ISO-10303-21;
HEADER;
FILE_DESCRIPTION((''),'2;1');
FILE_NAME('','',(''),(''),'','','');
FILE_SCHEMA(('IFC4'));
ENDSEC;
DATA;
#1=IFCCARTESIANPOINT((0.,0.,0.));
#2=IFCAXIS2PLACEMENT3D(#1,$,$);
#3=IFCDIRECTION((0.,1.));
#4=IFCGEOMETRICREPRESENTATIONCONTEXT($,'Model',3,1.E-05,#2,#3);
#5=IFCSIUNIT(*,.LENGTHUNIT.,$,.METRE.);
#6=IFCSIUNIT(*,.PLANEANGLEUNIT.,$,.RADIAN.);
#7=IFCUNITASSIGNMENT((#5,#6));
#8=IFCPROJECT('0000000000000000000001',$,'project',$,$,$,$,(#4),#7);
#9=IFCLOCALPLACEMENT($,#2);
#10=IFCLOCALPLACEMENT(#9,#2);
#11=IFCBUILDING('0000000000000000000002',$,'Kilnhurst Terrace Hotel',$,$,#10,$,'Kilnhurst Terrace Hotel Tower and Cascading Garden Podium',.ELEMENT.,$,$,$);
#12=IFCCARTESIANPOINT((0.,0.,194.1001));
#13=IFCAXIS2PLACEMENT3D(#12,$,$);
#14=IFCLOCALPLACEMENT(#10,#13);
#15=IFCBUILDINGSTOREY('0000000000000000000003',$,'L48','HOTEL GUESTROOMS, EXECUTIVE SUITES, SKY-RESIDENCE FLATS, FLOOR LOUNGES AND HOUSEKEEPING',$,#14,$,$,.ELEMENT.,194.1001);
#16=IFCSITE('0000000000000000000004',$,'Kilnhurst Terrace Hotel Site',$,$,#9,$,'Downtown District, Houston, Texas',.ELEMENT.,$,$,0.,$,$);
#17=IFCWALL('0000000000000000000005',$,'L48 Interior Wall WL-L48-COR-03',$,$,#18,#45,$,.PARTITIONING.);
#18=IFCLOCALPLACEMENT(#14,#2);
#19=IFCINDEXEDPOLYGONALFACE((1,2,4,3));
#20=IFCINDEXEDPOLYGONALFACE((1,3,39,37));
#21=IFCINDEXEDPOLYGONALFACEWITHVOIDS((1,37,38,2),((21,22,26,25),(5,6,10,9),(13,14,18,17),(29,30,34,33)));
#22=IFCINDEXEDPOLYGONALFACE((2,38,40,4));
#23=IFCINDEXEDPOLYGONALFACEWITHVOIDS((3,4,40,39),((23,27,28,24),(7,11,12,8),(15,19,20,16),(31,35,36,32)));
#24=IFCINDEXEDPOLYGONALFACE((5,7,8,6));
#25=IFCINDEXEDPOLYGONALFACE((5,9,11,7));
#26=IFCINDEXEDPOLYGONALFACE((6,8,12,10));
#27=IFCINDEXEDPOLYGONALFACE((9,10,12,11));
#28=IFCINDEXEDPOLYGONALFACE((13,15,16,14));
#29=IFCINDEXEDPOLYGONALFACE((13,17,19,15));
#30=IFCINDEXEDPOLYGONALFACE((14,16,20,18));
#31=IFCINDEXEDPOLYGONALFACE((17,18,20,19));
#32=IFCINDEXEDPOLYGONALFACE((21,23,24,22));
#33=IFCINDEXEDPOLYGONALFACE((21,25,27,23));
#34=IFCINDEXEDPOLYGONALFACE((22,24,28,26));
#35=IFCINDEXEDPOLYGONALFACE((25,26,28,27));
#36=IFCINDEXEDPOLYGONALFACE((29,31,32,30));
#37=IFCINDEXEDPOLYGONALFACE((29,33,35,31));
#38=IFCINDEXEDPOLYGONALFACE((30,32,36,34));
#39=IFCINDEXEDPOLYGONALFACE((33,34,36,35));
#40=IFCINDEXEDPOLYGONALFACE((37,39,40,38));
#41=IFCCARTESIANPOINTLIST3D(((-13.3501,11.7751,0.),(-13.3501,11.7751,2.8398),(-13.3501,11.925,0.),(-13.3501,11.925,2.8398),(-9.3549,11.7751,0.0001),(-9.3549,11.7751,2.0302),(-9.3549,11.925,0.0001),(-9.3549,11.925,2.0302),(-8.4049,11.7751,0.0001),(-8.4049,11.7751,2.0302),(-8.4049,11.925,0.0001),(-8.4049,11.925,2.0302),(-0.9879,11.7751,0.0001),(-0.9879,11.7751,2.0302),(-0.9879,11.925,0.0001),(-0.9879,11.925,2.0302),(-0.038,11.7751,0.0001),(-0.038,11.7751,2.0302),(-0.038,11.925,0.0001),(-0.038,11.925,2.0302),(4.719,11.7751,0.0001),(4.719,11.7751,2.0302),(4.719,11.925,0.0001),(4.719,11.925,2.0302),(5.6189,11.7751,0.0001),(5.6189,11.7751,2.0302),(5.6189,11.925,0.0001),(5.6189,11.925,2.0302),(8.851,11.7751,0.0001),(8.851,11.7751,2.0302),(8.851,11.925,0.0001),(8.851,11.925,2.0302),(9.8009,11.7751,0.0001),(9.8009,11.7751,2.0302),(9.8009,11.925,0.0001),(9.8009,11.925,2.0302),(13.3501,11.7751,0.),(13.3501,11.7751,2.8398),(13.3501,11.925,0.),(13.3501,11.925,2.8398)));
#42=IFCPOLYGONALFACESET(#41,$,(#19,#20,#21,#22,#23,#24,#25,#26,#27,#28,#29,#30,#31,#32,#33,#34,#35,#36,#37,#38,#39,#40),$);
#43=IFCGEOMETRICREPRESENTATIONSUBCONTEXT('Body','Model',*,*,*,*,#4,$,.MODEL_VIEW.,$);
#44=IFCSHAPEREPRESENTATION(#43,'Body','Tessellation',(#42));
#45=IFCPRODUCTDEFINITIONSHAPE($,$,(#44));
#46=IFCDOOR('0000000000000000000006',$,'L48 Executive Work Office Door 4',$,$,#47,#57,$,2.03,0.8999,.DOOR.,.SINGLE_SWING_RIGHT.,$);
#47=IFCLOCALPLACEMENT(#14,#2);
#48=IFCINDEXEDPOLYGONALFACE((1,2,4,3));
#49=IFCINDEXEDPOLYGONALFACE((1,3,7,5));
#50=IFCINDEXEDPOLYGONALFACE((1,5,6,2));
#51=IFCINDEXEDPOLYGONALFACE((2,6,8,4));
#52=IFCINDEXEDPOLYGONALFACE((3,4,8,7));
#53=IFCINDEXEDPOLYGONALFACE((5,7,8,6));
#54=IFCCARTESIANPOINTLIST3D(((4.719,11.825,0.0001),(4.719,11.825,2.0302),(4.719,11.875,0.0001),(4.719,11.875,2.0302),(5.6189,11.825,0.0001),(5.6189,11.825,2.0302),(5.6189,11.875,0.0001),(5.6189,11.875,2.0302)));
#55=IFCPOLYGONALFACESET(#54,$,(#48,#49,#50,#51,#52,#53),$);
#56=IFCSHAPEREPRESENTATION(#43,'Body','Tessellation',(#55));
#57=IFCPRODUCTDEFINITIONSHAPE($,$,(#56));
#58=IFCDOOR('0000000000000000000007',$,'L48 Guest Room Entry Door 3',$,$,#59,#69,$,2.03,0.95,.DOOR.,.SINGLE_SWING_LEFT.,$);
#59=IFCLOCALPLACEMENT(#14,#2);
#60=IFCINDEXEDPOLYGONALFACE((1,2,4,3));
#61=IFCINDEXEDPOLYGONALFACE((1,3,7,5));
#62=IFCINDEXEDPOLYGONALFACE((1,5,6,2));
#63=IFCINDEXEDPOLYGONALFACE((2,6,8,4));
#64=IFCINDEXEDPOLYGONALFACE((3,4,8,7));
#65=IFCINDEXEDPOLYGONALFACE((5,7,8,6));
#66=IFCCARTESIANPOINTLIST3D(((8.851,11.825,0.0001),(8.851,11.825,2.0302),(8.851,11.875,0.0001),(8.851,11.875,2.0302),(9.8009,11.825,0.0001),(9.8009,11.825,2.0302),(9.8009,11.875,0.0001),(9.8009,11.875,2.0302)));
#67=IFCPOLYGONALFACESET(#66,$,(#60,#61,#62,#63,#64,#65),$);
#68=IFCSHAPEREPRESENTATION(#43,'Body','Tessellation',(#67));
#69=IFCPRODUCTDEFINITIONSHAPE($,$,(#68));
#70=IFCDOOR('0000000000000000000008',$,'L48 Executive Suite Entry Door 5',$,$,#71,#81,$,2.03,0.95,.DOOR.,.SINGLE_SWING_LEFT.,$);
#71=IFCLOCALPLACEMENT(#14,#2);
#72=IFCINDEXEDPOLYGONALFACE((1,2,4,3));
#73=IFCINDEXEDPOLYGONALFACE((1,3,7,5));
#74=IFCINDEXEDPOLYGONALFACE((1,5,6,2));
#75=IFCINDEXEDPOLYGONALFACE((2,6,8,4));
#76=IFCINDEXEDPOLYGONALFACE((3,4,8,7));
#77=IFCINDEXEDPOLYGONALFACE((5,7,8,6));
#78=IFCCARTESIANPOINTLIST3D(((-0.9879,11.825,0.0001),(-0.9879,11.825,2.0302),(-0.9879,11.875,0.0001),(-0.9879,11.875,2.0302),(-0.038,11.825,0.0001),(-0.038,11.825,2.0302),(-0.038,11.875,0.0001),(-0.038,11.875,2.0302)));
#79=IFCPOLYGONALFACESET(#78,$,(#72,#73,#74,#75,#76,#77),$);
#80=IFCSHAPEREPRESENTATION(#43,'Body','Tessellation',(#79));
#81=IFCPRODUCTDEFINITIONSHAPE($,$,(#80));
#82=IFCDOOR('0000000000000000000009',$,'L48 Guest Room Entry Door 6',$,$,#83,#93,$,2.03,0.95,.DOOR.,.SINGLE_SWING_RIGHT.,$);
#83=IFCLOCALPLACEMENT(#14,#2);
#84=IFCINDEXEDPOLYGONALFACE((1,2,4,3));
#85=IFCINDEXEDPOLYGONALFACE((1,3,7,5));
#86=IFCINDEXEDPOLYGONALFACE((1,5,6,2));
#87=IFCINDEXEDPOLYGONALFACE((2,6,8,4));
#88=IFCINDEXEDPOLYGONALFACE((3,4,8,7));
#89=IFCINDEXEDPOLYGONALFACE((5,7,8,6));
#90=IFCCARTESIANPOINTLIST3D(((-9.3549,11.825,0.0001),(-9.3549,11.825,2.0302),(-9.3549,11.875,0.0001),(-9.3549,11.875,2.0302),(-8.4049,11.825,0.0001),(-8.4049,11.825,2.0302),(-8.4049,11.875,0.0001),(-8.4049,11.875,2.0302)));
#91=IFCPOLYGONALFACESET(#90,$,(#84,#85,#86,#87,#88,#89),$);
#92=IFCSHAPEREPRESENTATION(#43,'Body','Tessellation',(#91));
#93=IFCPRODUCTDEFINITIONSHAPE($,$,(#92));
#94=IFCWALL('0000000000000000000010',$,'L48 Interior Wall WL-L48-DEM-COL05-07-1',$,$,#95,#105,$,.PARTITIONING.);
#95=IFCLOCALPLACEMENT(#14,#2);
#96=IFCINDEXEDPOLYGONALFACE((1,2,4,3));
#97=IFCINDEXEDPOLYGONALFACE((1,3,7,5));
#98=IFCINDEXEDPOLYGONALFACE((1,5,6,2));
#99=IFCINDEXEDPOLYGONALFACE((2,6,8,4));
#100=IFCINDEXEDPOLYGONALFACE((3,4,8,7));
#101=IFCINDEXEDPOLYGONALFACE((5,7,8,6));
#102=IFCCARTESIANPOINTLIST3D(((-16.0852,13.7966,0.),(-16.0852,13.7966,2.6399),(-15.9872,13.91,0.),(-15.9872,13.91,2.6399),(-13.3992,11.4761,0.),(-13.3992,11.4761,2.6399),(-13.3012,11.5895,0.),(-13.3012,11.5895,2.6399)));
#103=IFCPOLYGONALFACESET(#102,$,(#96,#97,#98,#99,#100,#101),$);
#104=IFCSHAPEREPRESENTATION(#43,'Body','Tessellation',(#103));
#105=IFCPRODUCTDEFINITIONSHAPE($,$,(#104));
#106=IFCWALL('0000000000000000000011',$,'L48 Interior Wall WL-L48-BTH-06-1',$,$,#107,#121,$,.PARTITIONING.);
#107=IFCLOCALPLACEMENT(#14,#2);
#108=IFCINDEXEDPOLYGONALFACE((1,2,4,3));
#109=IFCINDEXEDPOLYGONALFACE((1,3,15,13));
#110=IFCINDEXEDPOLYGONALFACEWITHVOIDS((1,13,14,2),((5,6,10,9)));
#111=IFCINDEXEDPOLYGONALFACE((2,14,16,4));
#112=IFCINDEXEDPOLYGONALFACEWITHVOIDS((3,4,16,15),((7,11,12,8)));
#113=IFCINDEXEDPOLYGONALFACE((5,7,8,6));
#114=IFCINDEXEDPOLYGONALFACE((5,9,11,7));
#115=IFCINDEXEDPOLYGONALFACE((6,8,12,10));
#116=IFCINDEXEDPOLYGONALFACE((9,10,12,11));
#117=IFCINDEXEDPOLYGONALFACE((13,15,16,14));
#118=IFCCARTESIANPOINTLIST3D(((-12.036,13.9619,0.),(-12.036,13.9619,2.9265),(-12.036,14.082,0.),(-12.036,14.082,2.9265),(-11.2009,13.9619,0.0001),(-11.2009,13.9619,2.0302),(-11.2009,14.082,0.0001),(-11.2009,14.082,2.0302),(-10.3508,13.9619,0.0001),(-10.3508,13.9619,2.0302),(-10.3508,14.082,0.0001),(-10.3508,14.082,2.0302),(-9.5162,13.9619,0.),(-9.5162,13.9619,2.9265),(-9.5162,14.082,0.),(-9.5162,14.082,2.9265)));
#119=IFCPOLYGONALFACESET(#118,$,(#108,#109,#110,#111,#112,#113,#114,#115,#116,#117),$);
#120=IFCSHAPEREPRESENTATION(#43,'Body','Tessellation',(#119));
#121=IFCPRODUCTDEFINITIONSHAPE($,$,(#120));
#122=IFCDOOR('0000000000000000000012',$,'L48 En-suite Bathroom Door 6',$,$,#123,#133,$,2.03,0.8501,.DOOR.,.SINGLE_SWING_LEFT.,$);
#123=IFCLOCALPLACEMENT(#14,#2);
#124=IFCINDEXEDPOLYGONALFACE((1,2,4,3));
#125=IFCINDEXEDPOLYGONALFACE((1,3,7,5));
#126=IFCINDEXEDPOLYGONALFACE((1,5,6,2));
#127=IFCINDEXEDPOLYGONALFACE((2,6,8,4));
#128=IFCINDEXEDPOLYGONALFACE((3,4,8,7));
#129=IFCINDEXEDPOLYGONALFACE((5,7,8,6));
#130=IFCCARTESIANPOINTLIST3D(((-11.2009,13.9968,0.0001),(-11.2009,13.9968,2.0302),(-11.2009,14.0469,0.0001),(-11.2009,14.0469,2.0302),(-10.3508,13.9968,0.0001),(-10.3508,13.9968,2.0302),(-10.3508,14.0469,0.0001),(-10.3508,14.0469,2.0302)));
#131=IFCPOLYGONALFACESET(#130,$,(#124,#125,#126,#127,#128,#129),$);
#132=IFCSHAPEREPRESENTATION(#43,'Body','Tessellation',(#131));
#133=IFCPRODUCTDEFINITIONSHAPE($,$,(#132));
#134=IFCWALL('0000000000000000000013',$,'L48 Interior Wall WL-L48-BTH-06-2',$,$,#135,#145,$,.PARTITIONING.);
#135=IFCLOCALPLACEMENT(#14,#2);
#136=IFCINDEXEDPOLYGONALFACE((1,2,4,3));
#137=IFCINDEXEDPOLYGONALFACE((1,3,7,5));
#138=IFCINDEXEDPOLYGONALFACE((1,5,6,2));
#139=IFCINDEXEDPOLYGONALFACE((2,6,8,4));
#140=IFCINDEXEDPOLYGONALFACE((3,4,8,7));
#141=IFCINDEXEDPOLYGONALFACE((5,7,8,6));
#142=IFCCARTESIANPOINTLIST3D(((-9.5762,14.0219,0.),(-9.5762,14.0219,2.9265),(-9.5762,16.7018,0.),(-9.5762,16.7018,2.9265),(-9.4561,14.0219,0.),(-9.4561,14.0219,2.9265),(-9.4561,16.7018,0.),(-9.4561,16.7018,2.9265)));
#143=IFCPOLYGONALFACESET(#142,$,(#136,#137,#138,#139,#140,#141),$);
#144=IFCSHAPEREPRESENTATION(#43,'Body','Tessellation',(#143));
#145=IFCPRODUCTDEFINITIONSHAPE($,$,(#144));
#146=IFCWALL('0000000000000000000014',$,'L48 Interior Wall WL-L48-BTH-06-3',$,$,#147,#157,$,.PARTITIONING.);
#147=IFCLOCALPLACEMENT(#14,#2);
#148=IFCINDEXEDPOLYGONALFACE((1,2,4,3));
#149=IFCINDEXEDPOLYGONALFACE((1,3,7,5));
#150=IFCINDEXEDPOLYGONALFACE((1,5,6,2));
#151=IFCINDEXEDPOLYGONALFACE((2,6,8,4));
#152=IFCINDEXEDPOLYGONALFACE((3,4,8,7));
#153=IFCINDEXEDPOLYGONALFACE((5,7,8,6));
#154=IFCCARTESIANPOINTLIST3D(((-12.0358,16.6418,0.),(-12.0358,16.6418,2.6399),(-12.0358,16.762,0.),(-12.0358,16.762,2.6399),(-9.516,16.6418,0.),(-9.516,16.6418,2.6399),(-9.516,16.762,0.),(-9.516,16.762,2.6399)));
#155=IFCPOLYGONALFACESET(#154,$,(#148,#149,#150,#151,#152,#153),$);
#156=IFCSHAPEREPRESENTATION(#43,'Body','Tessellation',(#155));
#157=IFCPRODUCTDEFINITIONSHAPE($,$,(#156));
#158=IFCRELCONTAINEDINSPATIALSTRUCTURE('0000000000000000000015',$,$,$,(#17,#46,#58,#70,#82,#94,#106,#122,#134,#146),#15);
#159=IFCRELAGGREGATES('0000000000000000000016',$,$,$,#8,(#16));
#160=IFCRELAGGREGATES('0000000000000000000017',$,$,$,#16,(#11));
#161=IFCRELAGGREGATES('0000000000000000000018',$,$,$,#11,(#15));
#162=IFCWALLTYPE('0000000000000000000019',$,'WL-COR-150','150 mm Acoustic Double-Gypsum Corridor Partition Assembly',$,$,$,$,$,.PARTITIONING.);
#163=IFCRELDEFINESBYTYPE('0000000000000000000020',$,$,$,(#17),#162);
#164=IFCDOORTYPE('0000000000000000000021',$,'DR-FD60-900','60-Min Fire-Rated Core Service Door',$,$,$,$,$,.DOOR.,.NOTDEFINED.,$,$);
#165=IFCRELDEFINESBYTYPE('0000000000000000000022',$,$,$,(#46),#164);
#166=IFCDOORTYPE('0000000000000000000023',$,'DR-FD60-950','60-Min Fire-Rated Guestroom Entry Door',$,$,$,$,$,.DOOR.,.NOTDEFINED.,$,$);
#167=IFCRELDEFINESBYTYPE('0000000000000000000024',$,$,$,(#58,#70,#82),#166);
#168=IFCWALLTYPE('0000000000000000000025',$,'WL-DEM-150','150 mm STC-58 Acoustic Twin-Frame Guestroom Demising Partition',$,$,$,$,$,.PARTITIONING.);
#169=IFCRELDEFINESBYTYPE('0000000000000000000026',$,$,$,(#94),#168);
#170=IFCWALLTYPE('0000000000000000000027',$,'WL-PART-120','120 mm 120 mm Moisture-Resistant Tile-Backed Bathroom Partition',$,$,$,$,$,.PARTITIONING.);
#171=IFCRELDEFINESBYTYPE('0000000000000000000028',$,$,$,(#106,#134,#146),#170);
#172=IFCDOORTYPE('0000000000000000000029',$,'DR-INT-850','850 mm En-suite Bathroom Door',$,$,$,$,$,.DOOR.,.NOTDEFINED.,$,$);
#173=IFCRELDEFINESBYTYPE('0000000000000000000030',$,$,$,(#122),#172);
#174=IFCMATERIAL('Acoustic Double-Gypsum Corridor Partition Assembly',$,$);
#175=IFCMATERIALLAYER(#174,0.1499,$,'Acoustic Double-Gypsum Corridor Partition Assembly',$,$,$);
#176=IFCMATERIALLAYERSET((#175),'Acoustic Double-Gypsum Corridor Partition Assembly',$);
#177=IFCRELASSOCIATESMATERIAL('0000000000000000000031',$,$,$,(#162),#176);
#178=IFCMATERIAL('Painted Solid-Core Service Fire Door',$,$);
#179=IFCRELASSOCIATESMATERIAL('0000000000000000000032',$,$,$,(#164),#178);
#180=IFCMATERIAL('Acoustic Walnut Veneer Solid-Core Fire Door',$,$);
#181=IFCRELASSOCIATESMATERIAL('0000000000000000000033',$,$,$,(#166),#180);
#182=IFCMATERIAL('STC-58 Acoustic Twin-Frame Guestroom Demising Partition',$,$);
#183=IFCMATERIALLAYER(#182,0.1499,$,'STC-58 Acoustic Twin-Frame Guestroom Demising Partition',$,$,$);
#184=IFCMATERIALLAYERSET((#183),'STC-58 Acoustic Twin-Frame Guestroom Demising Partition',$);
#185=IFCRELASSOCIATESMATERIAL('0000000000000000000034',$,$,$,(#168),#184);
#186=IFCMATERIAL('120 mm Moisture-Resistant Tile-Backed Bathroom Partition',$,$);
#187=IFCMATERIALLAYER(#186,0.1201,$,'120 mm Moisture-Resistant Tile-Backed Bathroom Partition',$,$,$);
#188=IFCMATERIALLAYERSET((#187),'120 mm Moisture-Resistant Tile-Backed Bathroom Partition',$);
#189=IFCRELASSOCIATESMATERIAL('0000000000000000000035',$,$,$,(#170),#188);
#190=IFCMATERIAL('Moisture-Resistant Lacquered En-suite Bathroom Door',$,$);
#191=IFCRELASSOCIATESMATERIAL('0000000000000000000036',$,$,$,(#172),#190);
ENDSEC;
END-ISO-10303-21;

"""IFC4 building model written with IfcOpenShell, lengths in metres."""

from ifc_helpers import new_model, si_unit, direction, frame, frame_2d, origin, place, context, subcontext, project, spatial, rectangle, extrude, material, layer, layer_set, type_object, element, fill, save


model = new_model("IFC4")

# Units and contexts
model_context = context("Model", 3, precision=1e-05, world=origin(), true_north=direction((0.0, 1.0)))
body_context = subcontext(model_context, "Body", "Model", "MODEL_VIEW")
ifc_project = project(units=[si_unit("LENGTHUNIT", "METRE"), si_unit("PLANEANGLEUNIT", "RADIAN")], contexts=[model_context])

# Site, building, storey
site_placement = place(None, origin())
site = spatial("IfcSite", under=ifc_project, at=site_placement, Name="Kilnhurst Terrace Hotel Site", LongName="Downtown District, Houston, Texas", CompositionType="ELEMENT", RefElevation=0.0)
building_placement = place(site_placement, origin())
building = spatial("IfcBuilding", under=site, at=building_placement, Name="Kilnhurst Terrace Hotel", LongName="Kilnhurst Terrace Hotel Tower and Cascading Garden Podium", CompositionType="ELEMENT")
storey_placement = place(building_placement, frame((0.0, 0.0, 194.1001)))
storey = spatial("IfcBuildingStorey", under=building, at=storey_placement, Name="L48", Description="HOTEL GUESTROOMS, EXECUTIVE SUITES, SKY-RESIDENCE FLATS, FLOOR LOUNGES AND HOUSEKEEPING", CompositionType="ELEMENT", Elevation=194.1001)

# Wall, openings, doors
ifc_material_1 = material(Name="Acoustic Double-Gypsum Corridor Partition Assembly")
ifc_layer_1 = layer(ifc_material_1, 0.1499, Name="Acoustic Double-Gypsum Corridor Partition Assembly")
ifc_layer_set_1 = layer_set([ifc_layer_1], Name="Acoustic Double-Gypsum Corridor Partition Assembly")
wall_type_1 = type_object("IfcWallType", Name="WL-COR-150", Description="150 mm Acoustic Double-Gypsum Corridor Partition Assembly", PredefinedType="PARTITIONING", material=ifc_layer_set_1)
wall_1_placement = place(storey_placement, frame((-13.3501, 11.8501, 0.0), z_axis=(0.0, 0.0, 1.0), x_axis=(1.0, 0.0, 0.0)))
wall_1 = element("IfcWall", 1, at=wall_1_placement, inside=storey, type_object=wall_type_1, Name="L48 Interior Wall WL-L48-COR-03", PredefinedType="PARTITIONING", context=body_context, shape_type="SweptSolid", body=[
    extrude(rectangle(XDim=26.7002, YDim=0.1499, at=frame_2d((13.3501, 0.0))), origin(), (0.0, 0.0, 1.0), 2.8398),
])
opening_1_placement = place(wall_1_placement, frame((22.2009, 0.0, 0.0)))
opening_1 = element("IfcOpeningElement", 2, at=opening_1_placement, cuts=wall_1, PredefinedType="OPENING", context=body_context, shape_type="SweptSolid", body=[
    extrude(rectangle(XDim=0.95, YDim=2.03, at=frame_2d((0.4751, 1.0151))), frame((0.0, 0.085, 0.0), z_axis=(0.0, -1.0, 0.0), x_axis=(1.0, 0.0, 0.0)), (0.0, 0.0, 1.0), 0.1699),
])
opening_2_placement = place(wall_1_placement, frame((18.0691, 0.0, 0.0)))
opening_2 = element("IfcOpeningElement", 3, at=opening_2_placement, cuts=wall_1, PredefinedType="OPENING", context=body_context, shape_type="SweptSolid", body=[
    extrude(rectangle(XDim=0.8999, YDim=2.03, at=frame_2d((0.45, 1.0151))), frame((0.0, 0.085, 0.0), z_axis=(0.0, -1.0, 0.0), x_axis=(1.0, 0.0, 0.0)), (0.0, 0.0, 1.0), 0.1699),
])
opening_3_placement = place(wall_1_placement, frame((12.3621, 0.0, 0.0)))
opening_3 = element("IfcOpeningElement", 4, at=opening_3_placement, cuts=wall_1, PredefinedType="OPENING", context=body_context, shape_type="SweptSolid", body=[
    extrude(rectangle(XDim=0.95, YDim=2.03, at=frame_2d((0.4751, 1.0151))), frame((0.0, 0.085, 0.0), z_axis=(0.0, -1.0, 0.0), x_axis=(1.0, 0.0, 0.0)), (0.0, 0.0, 1.0), 0.1699),
])
opening_4_placement = place(wall_1_placement, frame((3.9951, 0.0, 0.0)))
opening_4 = element("IfcOpeningElement", 5, at=opening_4_placement, cuts=wall_1, PredefinedType="OPENING", context=body_context, shape_type="SweptSolid", body=[
    extrude(rectangle(XDim=0.95, YDim=2.03, at=frame_2d((0.4751, 1.0151))), frame((0.0, 0.085, 0.0), z_axis=(0.0, -1.0, 0.0), x_axis=(1.0, 0.0, 0.0)), (0.0, 0.0, 1.0), 0.1699),
])
ifc_material_2 = material(Name="Painted Solid-Core Service Fire Door")
door_type_1 = type_object("IfcDoorType", Name="DR-FD60-900", Description="60-Min Fire-Rated Core Service Door", OperationType="NOTDEFINED", PredefinedType="DOOR", material=ifc_material_2)
door_1_placement = place(opening_2_placement, origin())
door_1 = element("IfcDoor", 6, at=door_1_placement, inside=storey, type_object=door_type_1, Name="L48 Executive Work Office Door 4", OperationType="SINGLE_SWING_RIGHT", OverallHeight=2.03, OverallWidth=0.8999, PredefinedType="DOOR", context=body_context, shape_type="SweptSolid", body=[
    extrude(rectangle(XDim=0.8999, YDim=2.03, at=frame_2d((0.45, 1.0151))), frame((0.0, 0.0249, 0.0), z_axis=(0.0, -1.0, 0.0), x_axis=(1.0, 0.0, 0.0)), (0.0, 0.0, 1.0), 0.05),
])
fill(opening_2, door_1)
ifc_material_3 = material(Name="Acoustic Walnut Veneer Solid-Core Fire Door")
door_type_2 = type_object("IfcDoorType", Name="DR-FD60-950", Description="60-Min Fire-Rated Guestroom Entry Door", OperationType="NOTDEFINED", PredefinedType="DOOR", material=ifc_material_3)
door_2_placement = place(opening_1_placement, origin())
door_2 = element("IfcDoor", 7, at=door_2_placement, inside=storey, type_object=door_type_2, Name="L48 Guest Room Entry Door 3", OperationType="SINGLE_SWING_LEFT", OverallHeight=2.03, OverallWidth=0.95, PredefinedType="DOOR", context=body_context, shape_type="SweptSolid", body=[
    extrude(rectangle(XDim=0.95, YDim=2.03, at=frame_2d((0.4751, 1.0151))), frame((0.0, 0.0249, 0.0), z_axis=(0.0, -1.0, 0.0), x_axis=(1.0, 0.0, 0.0)), (0.0, 0.0, 1.0), 0.05),
])
fill(opening_1, door_2)
door_3_placement = place(opening_3_placement, origin())
door_3 = element("IfcDoor", 8, at=door_3_placement, inside=storey, type_object=door_type_2, Name="L48 Executive Suite Entry Door 5", OperationType="SINGLE_SWING_LEFT", OverallHeight=2.03, OverallWidth=0.95, PredefinedType="DOOR", context=body_context, shape_type="SweptSolid", body=[
    extrude(rectangle(XDim=0.95, YDim=2.03, at=frame_2d((0.4751, 1.0151))), frame((0.0, 0.0249, 0.0), z_axis=(0.0, -1.0, 0.0), x_axis=(1.0, 0.0, 0.0)), (0.0, 0.0, 1.0), 0.05),
])
fill(opening_3, door_3)
door_4_placement = place(opening_4_placement, origin())
door_4 = element("IfcDoor", 9, at=door_4_placement, inside=storey, type_object=door_type_2, Name="L48 Guest Room Entry Door 6", OperationType="SINGLE_SWING_RIGHT", OverallHeight=2.03, OverallWidth=0.95, PredefinedType="DOOR", context=body_context, shape_type="SweptSolid", body=[
    extrude(rectangle(XDim=0.95, YDim=2.03, at=frame_2d((0.4751, 1.0151))), frame((0.0, 0.0249, 0.0), z_axis=(0.0, -1.0, 0.0), x_axis=(1.0, 0.0, 0.0)), (0.0, 0.0, 1.0), 0.05),
])
fill(opening_4, door_4)

# Wall
ifc_material_4 = material(Name="STC-58 Acoustic Twin-Frame Guestroom Demising Partition")
ifc_layer_2 = layer(ifc_material_4, 0.1499, Name="STC-58 Acoustic Twin-Frame Guestroom Demising Partition")
ifc_layer_set_2 = layer_set([ifc_layer_2], Name="STC-58 Acoustic Twin-Frame Guestroom Demising Partition")
wall_type_2 = type_object("IfcWallType", Name="WL-DEM-150", Description="150 mm STC-58 Acoustic Twin-Frame Guestroom Demising Partition", PredefinedType="PARTITIONING", material=ifc_layer_set_2)
wall_2_placement = place(storey_placement, frame((-13.3501, 11.5327, 0.0), z_axis=(0.0, 0.0, 1.0), x_axis=(-0.756712, 0.653749, 0.0)))
element("IfcWall", 10, at=wall_2_placement, inside=storey, type_object=wall_type_2, Name="L48 Interior Wall WL-L48-DEM-COL05-07-1", PredefinedType="PARTITIONING", context=body_context, shape_type="SweptSolid", body=[
    extrude(rectangle(XDim=3.5496, YDim=0.1499, at=frame_2d((1.7749, 0.0))), origin(), (0.0, 0.0, 1.0), 2.6399),
])

# Wall, opening, door
ifc_material_5 = material(Name="120 mm Moisture-Resistant Tile-Backed Bathroom Partition")
ifc_layer_3 = layer(ifc_material_5, 0.1201, Name="120 mm Moisture-Resistant Tile-Backed Bathroom Partition")
ifc_layer_set_3 = layer_set([ifc_layer_3], Name="120 mm Moisture-Resistant Tile-Backed Bathroom Partition")
wall_type_3 = type_object("IfcWallType", Name="WL-PART-120", Description="120 mm 120 mm Moisture-Resistant Tile-Backed Bathroom Partition", PredefinedType="PARTITIONING", material=ifc_layer_set_3)
wall_3_placement = place(storey_placement, frame((-12.0359, 14.022, 0.0), z_axis=(0.0, 0.0, 1.0), x_axis=(1.0, 0.0, 0.0)))
wall_3 = element("IfcWall", 11, at=wall_3_placement, inside=storey, type_object=wall_type_3, Name="L48 Interior Wall WL-L48-BTH-06-1", PredefinedType="PARTITIONING", context=body_context, shape_type="SweptSolid", body=[
    extrude(rectangle(XDim=2.5198, YDim=0.1201, at=frame_2d((1.2598, 0.0))), origin(), (0.0, 0.0, 1.0), 2.9265),
])
opening_5_placement = place(wall_3_placement, frame((0.835, 0.0, 0.0)))
opening_5 = element("IfcOpeningElement", 12, at=opening_5_placement, cuts=wall_3, PredefinedType="OPENING", context=body_context, shape_type="SweptSolid", body=[
    extrude(rectangle(XDim=0.8501, YDim=2.03, at=frame_2d((0.425, 1.0151))), frame((0.0, 0.0701, 0.0), z_axis=(0.0, -1.0, 0.0), x_axis=(1.0, 0.0, 0.0)), (0.0, 0.0, 1.0), 0.1401),
])
ifc_material_6 = material(Name="Moisture-Resistant Lacquered En-suite Bathroom Door")
door_type_3 = type_object("IfcDoorType", Name="DR-INT-850", Description="850 mm En-suite Bathroom Door", OperationType="NOTDEFINED", PredefinedType="DOOR", material=ifc_material_6)
door_5_placement = place(opening_5_placement, origin())
door_5 = element("IfcDoor", 13, at=door_5_placement, inside=storey, type_object=door_type_3, Name="L48 En-suite Bathroom Door 6", OperationType="SINGLE_SWING_LEFT", OverallHeight=2.03, OverallWidth=0.8501, PredefinedType="DOOR", context=body_context, shape_type="SweptSolid", body=[
    extrude(rectangle(XDim=0.8501, YDim=2.03, at=frame_2d((0.425, 1.0151))), frame((0.0, 0.0249, 0.0), z_axis=(0.0, -1.0, 0.0), x_axis=(1.0, 0.0, 0.0)), (0.0, 0.0, 1.0), 0.05),
])
fill(opening_5, door_5)

# Walls
wall_4_placement = place(storey_placement, frame((-9.5161, 14.022, 0.0), z_axis=(0.0, 0.0, 1.0), x_axis=(0.0, 1.0, 0.0)))
element("IfcWall", 14, at=wall_4_placement, inside=storey, type_object=wall_type_3, Name="L48 Interior Wall WL-L48-BTH-06-2", PredefinedType="PARTITIONING", context=body_context, shape_type="SweptSolid", body=[
    extrude(rectangle(XDim=2.6799, YDim=0.1201, at=frame_2d((1.3398, 0.0))), origin(), (0.0, 0.0, 1.0), 2.9265),
])
wall_5_placement = place(storey_placement, frame((-9.5161, 16.7019, 0.0), z_axis=(0.0, 0.0, 1.0), x_axis=(-1.0, 0.0, 0.0)))
element("IfcWall", 15, at=wall_5_placement, inside=storey, type_object=wall_type_3, Name="L48 Interior Wall WL-L48-BTH-06-3", PredefinedType="PARTITIONING", context=body_context, shape_type="SweptSolid", body=[
    extrude(rectangle(XDim=2.5198, YDim=0.1201, at=frame_2d((1.2598, 0.0))), origin(), (0.0, 0.0, 1.0), 2.6399),
])

save(model, "model.ifc")
